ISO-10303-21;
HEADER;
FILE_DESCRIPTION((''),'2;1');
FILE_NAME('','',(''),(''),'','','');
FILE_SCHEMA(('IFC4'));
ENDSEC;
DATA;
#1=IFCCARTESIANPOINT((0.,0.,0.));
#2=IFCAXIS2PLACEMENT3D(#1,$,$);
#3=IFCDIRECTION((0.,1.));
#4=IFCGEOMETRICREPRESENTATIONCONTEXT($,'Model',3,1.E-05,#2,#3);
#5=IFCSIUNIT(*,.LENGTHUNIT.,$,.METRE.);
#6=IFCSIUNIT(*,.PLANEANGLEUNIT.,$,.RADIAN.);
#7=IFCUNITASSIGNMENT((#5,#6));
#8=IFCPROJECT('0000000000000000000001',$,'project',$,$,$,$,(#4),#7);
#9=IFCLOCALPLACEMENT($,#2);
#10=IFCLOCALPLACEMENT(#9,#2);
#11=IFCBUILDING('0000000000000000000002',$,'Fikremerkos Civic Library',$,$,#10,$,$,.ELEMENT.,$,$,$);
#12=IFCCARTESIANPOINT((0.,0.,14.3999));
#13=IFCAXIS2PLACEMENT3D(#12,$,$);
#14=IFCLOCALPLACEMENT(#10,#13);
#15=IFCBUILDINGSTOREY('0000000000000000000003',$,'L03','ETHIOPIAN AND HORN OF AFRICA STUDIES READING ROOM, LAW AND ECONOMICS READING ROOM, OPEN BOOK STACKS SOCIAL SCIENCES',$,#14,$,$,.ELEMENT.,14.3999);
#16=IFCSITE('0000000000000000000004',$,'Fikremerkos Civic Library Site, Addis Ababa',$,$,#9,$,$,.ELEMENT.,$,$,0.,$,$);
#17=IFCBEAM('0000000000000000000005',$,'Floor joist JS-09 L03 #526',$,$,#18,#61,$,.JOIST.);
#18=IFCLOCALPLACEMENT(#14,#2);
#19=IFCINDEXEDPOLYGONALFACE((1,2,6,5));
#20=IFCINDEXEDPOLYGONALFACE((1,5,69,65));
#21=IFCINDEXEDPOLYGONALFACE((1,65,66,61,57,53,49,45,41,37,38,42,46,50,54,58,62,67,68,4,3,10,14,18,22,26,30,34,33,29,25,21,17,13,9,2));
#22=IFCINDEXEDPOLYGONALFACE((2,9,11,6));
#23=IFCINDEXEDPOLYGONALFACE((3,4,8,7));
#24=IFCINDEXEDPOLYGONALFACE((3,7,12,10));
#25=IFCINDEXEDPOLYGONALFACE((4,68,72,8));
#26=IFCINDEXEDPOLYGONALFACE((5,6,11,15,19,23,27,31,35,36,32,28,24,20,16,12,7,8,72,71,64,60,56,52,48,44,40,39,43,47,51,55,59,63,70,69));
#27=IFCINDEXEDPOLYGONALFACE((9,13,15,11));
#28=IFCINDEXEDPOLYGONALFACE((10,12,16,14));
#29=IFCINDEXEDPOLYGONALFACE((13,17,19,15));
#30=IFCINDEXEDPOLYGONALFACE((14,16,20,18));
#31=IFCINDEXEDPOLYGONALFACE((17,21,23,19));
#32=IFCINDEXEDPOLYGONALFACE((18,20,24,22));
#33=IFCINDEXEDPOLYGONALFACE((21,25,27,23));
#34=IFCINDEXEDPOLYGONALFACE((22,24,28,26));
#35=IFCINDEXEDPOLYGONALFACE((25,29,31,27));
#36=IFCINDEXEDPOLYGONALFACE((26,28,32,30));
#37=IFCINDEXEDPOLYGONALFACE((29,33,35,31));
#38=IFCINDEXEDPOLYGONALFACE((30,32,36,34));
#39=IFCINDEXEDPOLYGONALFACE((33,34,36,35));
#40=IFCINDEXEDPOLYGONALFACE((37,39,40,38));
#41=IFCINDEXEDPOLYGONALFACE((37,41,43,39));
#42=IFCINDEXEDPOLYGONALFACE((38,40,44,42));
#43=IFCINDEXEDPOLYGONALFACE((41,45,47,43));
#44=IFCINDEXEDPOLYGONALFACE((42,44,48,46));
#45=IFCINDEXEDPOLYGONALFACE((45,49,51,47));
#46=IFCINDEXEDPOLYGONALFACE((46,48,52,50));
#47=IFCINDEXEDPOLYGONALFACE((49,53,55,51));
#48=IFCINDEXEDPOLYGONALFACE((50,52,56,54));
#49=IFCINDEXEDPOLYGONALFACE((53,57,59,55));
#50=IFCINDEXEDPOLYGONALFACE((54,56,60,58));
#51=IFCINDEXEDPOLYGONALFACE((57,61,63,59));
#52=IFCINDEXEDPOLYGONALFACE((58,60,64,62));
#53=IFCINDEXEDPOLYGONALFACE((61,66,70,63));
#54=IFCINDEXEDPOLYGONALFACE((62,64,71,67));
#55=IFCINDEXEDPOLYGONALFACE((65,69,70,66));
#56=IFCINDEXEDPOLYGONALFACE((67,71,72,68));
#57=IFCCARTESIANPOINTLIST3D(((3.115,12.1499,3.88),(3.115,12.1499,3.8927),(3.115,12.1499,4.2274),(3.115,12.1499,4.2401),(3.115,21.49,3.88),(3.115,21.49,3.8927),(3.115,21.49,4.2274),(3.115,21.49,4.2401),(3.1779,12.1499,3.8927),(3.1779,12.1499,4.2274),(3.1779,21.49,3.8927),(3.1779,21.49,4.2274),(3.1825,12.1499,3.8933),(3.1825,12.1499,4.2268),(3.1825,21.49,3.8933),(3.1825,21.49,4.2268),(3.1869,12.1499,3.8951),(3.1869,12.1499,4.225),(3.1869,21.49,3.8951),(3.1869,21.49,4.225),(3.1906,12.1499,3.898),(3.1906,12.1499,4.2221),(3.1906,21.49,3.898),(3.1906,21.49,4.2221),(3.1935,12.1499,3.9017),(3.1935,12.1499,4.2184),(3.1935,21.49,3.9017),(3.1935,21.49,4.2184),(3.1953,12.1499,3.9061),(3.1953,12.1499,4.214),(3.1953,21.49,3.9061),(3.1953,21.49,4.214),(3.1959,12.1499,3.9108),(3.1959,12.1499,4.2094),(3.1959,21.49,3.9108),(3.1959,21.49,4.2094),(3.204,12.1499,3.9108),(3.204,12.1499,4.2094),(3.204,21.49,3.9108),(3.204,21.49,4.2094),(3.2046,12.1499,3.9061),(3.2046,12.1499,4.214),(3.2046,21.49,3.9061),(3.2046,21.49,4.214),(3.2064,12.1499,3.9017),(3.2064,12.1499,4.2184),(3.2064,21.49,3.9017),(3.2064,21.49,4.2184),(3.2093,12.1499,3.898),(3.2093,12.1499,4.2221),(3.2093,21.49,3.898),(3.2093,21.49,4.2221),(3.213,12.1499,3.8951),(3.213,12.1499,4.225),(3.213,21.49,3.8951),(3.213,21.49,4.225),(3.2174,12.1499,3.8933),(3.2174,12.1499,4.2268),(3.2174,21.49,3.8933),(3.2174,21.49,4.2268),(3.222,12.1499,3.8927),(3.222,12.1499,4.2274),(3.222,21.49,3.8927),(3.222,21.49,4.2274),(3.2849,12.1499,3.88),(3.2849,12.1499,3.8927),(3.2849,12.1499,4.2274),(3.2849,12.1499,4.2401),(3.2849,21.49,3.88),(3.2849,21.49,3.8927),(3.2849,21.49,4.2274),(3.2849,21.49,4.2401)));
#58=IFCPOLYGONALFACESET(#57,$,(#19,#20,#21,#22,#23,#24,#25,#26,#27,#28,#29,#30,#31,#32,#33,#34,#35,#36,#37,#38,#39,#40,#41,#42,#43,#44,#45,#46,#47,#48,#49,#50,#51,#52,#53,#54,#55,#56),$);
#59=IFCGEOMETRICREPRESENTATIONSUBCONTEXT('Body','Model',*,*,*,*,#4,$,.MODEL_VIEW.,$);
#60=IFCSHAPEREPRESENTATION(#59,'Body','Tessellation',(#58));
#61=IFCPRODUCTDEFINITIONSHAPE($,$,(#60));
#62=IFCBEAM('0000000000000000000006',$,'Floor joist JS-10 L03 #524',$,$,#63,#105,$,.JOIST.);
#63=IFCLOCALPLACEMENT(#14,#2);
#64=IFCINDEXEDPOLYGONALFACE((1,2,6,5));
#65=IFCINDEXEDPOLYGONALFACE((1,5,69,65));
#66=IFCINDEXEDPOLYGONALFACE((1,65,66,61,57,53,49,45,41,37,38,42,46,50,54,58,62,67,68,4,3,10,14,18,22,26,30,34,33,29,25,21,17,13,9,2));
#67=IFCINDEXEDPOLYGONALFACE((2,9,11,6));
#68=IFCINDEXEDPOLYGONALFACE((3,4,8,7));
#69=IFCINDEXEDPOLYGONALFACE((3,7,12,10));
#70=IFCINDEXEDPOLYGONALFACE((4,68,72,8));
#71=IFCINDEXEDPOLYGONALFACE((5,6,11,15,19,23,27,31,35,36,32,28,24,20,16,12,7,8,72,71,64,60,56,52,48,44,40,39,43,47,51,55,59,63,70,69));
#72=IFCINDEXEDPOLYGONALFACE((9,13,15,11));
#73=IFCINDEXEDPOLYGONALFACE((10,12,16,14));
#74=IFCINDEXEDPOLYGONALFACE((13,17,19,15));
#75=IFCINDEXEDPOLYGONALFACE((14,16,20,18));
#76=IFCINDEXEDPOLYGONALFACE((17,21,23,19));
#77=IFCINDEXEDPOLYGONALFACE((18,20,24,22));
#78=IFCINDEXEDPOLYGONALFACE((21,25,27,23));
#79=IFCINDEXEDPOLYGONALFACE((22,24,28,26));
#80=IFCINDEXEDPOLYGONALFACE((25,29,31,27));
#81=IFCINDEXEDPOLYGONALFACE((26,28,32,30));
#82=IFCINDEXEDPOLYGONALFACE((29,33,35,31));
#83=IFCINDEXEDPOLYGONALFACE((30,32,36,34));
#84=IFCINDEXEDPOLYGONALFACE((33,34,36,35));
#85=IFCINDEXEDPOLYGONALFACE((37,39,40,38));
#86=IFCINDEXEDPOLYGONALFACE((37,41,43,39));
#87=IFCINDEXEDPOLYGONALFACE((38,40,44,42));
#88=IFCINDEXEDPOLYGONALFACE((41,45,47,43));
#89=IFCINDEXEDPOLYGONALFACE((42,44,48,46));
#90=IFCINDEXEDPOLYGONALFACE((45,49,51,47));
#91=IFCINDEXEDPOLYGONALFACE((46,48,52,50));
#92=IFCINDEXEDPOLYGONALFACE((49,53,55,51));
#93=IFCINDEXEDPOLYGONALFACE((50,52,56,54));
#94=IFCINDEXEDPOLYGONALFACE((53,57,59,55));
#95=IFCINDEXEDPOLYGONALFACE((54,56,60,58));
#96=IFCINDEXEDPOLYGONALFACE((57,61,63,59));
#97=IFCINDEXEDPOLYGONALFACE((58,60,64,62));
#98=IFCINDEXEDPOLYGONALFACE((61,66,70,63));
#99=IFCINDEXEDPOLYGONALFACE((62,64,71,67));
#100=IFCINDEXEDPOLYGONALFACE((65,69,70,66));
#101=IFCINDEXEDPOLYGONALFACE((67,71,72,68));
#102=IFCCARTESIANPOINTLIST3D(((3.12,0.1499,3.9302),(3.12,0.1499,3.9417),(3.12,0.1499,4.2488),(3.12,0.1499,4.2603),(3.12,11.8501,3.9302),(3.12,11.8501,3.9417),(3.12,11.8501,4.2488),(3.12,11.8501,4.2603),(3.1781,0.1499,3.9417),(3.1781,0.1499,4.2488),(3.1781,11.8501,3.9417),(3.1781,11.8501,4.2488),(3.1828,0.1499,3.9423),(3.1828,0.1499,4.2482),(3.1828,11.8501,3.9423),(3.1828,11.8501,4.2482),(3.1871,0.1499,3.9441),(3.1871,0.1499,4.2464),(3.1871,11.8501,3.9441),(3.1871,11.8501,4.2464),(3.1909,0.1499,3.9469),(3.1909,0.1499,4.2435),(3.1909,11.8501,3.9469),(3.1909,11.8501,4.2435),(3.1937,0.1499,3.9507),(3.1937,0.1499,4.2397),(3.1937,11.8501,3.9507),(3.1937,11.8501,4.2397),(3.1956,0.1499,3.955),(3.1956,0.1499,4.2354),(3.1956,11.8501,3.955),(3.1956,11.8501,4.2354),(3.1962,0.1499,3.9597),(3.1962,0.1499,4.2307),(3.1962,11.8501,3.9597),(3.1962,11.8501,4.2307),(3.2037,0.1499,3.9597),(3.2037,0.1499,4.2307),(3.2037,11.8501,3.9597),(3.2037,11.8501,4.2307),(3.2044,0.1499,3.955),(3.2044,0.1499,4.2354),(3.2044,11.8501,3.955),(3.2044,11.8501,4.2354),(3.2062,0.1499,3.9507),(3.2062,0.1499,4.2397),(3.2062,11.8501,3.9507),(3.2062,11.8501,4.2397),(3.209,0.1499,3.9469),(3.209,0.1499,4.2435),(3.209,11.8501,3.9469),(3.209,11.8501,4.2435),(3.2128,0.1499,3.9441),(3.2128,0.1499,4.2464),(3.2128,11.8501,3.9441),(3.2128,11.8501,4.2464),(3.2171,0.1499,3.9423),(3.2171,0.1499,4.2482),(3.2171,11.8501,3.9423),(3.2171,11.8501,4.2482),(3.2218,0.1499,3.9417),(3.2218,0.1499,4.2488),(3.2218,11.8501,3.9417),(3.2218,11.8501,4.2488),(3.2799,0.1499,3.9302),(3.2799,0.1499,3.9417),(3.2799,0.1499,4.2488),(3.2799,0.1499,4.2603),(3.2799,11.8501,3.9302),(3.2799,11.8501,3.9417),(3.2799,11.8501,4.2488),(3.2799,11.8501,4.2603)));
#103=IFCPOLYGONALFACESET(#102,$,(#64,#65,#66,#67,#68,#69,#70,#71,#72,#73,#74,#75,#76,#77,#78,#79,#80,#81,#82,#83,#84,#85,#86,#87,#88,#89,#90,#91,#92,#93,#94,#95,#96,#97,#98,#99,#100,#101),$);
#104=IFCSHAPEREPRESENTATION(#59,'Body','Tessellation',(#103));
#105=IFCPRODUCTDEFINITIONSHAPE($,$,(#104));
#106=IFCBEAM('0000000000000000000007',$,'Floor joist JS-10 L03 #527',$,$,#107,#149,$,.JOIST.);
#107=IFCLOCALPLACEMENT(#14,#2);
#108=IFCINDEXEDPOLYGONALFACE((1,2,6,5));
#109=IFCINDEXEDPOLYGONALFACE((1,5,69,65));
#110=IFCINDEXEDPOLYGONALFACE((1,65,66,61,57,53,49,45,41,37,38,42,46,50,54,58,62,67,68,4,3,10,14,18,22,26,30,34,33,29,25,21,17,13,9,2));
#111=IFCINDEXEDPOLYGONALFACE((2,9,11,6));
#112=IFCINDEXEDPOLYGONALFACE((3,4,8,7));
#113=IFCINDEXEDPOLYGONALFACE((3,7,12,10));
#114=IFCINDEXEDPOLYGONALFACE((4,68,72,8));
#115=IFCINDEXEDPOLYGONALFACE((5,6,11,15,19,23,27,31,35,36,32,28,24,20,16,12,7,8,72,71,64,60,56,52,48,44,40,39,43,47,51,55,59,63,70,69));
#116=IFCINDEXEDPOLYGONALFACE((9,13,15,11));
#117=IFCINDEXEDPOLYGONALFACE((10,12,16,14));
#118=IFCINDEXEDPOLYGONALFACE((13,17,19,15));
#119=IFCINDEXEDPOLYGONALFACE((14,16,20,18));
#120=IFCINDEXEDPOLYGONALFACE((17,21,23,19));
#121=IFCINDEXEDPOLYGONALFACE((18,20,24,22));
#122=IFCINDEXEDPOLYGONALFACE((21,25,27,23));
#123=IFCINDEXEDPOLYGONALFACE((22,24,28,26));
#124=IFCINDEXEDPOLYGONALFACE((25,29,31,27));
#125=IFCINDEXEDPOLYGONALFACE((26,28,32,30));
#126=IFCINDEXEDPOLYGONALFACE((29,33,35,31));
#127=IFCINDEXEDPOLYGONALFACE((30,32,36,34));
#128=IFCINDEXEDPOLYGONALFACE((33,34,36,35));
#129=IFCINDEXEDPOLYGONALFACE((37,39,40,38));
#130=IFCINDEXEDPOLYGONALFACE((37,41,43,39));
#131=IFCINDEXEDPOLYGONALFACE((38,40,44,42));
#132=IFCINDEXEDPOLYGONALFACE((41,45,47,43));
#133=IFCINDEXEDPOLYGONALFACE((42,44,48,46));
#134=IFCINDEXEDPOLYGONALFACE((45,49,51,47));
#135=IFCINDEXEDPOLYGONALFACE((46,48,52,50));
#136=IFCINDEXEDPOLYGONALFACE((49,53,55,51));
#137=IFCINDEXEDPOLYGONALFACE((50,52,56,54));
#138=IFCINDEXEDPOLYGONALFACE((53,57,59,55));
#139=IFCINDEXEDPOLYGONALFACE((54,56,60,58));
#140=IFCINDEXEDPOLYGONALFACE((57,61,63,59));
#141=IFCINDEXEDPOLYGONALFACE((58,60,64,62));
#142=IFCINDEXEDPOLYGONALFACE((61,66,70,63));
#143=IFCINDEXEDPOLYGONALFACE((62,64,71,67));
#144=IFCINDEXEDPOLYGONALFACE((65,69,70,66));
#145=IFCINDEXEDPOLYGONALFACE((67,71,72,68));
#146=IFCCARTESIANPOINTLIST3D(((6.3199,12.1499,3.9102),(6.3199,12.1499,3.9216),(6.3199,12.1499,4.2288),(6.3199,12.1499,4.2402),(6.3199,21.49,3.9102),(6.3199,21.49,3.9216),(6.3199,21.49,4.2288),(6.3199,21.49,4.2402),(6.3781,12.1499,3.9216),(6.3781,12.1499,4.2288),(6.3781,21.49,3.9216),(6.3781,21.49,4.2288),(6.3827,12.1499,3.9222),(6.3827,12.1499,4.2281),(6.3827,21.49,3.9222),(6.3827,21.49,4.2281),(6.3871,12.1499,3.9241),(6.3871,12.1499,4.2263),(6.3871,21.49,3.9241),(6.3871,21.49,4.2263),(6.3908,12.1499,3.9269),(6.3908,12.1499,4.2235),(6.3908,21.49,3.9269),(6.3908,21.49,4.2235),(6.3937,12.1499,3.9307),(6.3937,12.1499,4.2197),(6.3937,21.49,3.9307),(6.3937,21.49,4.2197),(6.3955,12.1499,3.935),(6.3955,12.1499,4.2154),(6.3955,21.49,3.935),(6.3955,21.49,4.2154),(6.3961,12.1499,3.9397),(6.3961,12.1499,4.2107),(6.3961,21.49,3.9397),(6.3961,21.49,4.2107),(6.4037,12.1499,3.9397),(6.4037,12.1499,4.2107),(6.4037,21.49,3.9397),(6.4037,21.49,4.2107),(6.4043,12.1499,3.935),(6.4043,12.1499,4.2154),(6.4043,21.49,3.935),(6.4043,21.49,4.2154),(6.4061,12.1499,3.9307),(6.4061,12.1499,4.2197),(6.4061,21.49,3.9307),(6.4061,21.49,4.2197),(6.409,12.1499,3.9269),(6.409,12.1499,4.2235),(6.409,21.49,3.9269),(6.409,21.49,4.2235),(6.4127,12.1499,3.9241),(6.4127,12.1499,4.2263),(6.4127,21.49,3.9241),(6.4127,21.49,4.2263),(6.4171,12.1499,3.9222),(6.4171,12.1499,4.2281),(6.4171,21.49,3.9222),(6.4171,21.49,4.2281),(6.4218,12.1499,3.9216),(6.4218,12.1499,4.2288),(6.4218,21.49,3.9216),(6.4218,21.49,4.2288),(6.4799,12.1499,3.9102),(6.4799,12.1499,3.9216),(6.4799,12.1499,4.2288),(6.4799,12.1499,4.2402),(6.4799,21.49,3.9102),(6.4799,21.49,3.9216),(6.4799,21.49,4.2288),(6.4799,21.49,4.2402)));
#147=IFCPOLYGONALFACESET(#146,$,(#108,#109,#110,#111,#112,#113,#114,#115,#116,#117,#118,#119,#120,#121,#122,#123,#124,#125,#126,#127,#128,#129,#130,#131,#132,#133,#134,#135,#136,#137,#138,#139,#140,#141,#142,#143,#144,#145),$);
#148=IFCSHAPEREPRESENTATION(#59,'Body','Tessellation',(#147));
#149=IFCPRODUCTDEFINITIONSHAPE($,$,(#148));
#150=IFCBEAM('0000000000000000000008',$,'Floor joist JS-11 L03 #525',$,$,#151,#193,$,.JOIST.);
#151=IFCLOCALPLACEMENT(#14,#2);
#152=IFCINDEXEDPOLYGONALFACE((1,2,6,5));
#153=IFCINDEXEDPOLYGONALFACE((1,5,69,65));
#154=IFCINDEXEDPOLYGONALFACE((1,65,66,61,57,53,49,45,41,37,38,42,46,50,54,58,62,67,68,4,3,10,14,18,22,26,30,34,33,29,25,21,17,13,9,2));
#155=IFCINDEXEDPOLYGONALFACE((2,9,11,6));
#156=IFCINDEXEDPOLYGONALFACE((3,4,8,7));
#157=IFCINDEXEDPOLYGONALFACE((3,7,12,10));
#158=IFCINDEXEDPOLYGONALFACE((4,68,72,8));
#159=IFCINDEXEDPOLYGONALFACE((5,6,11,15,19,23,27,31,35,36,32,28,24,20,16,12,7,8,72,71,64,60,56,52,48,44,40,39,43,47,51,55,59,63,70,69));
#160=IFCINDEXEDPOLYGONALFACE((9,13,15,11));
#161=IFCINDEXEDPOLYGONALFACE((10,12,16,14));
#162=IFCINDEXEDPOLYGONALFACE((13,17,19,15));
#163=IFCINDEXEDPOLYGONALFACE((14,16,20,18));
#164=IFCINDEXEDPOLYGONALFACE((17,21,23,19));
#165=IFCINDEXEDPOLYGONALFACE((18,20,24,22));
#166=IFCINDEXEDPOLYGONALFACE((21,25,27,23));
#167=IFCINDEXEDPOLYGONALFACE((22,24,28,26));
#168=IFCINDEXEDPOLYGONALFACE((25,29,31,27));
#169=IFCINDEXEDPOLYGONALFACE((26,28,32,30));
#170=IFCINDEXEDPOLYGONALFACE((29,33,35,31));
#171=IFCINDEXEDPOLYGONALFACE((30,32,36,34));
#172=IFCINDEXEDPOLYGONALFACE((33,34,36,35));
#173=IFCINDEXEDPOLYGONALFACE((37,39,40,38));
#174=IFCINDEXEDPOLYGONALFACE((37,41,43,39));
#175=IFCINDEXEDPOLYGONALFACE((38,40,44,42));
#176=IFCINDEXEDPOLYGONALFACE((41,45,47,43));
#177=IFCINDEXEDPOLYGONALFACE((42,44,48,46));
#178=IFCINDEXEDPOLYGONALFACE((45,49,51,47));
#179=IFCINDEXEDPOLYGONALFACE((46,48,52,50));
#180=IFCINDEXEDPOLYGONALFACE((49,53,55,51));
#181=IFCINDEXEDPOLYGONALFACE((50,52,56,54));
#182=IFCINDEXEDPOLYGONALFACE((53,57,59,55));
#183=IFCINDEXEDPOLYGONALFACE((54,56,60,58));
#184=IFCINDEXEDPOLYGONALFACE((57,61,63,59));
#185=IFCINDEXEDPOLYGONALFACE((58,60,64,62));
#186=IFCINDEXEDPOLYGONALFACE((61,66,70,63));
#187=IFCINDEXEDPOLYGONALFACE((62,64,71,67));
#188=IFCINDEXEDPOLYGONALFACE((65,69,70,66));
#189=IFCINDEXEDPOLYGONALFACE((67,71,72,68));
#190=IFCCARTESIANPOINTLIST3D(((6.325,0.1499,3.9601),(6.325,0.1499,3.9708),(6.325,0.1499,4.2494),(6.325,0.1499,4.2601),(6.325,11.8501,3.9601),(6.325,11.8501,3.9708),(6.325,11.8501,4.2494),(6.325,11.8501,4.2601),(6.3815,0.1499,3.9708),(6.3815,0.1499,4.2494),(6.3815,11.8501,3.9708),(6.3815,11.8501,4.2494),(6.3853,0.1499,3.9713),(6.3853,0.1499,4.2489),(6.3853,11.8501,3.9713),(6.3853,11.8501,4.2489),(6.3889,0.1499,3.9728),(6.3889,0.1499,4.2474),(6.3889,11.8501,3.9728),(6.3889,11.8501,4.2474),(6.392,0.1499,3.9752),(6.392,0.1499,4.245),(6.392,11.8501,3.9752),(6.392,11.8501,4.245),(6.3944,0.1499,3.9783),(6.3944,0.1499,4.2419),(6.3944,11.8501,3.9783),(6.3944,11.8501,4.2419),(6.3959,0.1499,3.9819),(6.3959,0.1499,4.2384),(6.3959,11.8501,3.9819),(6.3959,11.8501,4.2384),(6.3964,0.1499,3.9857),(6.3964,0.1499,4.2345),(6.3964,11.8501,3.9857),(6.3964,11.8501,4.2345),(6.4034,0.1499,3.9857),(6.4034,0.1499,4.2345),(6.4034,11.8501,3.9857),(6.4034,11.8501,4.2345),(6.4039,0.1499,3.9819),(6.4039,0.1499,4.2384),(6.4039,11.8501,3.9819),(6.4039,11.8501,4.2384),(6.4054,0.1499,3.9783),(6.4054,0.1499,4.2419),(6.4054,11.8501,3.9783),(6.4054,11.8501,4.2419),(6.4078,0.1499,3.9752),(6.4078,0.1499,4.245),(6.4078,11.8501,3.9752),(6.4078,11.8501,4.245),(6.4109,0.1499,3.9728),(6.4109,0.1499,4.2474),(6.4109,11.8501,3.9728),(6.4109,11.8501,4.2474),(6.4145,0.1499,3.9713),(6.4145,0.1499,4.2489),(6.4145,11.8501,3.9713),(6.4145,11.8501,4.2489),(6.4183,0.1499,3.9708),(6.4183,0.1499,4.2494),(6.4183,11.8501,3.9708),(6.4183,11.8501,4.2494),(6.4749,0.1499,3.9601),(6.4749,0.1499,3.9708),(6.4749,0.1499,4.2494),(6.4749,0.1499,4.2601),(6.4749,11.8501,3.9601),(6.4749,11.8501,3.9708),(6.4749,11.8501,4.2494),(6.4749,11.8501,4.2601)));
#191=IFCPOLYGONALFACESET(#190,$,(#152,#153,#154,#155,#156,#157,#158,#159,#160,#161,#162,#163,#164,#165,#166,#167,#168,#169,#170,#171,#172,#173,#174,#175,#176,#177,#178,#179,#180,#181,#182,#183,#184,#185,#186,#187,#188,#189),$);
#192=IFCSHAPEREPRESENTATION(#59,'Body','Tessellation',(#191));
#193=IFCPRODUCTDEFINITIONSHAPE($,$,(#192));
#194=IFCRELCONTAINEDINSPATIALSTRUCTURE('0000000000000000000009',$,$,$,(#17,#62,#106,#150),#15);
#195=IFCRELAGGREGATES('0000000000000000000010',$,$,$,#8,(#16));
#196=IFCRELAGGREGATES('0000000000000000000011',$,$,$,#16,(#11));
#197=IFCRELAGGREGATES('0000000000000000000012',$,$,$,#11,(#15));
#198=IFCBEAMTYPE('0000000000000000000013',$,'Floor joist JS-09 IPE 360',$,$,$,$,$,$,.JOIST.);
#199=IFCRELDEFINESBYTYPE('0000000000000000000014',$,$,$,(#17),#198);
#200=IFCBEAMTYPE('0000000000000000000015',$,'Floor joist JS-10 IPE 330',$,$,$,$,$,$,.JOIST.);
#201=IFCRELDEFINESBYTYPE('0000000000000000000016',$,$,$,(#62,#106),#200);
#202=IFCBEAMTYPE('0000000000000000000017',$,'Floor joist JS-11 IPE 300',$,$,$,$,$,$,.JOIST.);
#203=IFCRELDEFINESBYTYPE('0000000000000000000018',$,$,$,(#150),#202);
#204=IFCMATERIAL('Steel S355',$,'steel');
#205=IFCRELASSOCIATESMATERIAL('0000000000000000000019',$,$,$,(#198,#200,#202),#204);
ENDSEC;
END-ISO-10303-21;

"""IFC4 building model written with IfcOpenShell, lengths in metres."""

from ifc_helpers import new_model, si_unit, direction, frame, origin, origin_2d, place, context, subcontext, project, spatial, i_section, extrude, material, material_profile, profile_set, type_object, element, save


model = new_model("IFC4")

# Units and contexts
model_context = context("Model", 3, precision=1e-05, world=origin(), true_north=direction((0.0, 1.0)))
body_context = subcontext(model_context, "Body", "Model", "MODEL_VIEW")
ifc_project = project(units=[si_unit("LENGTHUNIT", "METRE"), si_unit("PLANEANGLEUNIT", "RADIAN")], contexts=[model_context])

# Site, building, storey
site_placement = place(None, origin())
site = spatial("IfcSite", under=ifc_project, at=site_placement, Name="Fikremerkos Civic Library Site, Addis Ababa", CompositionType="ELEMENT", RefElevation=0.0)
building_placement = place(site_placement, origin())
building = spatial("IfcBuilding", under=site, at=building_placement, Name="Fikremerkos Civic Library", CompositionType="ELEMENT")
storey_placement = place(building_placement, frame((0.0, 0.0, 14.3999)))
storey = spatial("IfcBuildingStorey", under=building, at=storey_placement, Name="L03", Description="ETHIOPIAN AND HORN OF AFRICA STUDIES READING ROOM, LAW AND ECONOMICS READING ROOM, OPEN BOOK STACKS SOCIAL SCIENCES", CompositionType="ELEMENT", Elevation=14.3999)

# Shared definitions
ifc_material_1 = material(Name="Steel S355", Category="steel")

# Beams
ifc_material_profile_1 = material_profile(ifc_material_1, i_section(OverallWidth=0.1699, OverallDepth=0.3601, WebThickness=0.0081, FlangeThickness=0.0127, FilletRadius=0.0181, at=origin_2d()), Name="IPE 360")
ifc_profile_set_1 = profile_set([ifc_material_profile_1], Name="Steel S355")
beam_type_1 = type_object("IfcBeamType", Name="Floor joist JS-09 IPE 360", PredefinedType="JOIST", material=ifc_profile_set_1)
beam_1_placement = place(storey_placement, frame((3.2, 12.1499, 4.0601), z_axis=(0.0, 1.0, 0.0), x_axis=(-1.0, 0.0, 0.0)))
element("IfcBeam", 1, at=beam_1_placement, inside=storey, type_object=beam_type_1, Name="Floor joist JS-09 L03 #526", PredefinedType="JOIST", context=body_context, shape_type="SweptSolid", body=[
    extrude(i_section(OverallWidth=0.1699, OverallDepth=0.3601, WebThickness=0.0081, FlangeThickness=0.0127, FilletRadius=0.0181, at=origin_2d()), origin(), (0.0, 0.0, 1.0), 9.3401),
])
ifc_material_profile_2 = material_profile(ifc_material_1, i_section(OverallWidth=0.1599, OverallDepth=0.3301, WebThickness=0.0076, FlangeThickness=0.0115, FilletRadius=0.0181, at=origin_2d()), Name="IPE 330")
ifc_profile_set_2 = profile_set([ifc_material_profile_2], Name="Steel S355")
beam_type_2 = type_object("IfcBeamType", Name="Floor joist JS-10 IPE 330", PredefinedType="JOIST", material=ifc_profile_set_2)
beam_2_placement = place(storey_placement, frame((3.2, 0.1499, 4.0952), z_axis=(0.0, 1.0, 0.0), x_axis=(-1.0, 0.0, 0.0)))
element("IfcBeam", 2, at=beam_2_placement, inside=storey, type_object=beam_type_2, Name="Floor joist JS-10 L03 #524", PredefinedType="JOIST", context=body_context, shape_type="SweptSolid", body=[
    extrude(i_section(OverallWidth=0.1599, OverallDepth=0.3301, WebThickness=0.0076, FlangeThickness=0.0115, FilletRadius=0.0181, at=origin_2d()), origin(), (0.0, 0.0, 1.0), 11.7002),
])
beam_3_placement = place(storey_placement, frame((6.3999, 12.1499, 4.0752), z_axis=(0.0, 1.0, 0.0), x_axis=(-1.0, 0.0, 0.0)))
element("IfcBeam", 3, at=beam_3_placement, inside=storey, type_object=beam_type_2, Name="Floor joist JS-10 L03 #527", PredefinedType="JOIST", context=body_context, shape_type="SweptSolid", body=[
    extrude(i_section(OverallWidth=0.1599, OverallDepth=0.3301, WebThickness=0.0076, FlangeThickness=0.0115, FilletRadius=0.0181, at=origin_2d()), origin(), (0.0, 0.0, 1.0), 9.3401),
])
ifc_material_profile_3 = material_profile(ifc_material_1, i_section(OverallWidth=0.1499, OverallDepth=0.3, WebThickness=0.0071, FlangeThickness=0.0107, FilletRadius=0.0149, at=origin_2d()), Name="IPE 300")
ifc_profile_set_3 = profile_set([ifc_material_profile_3], Name="Steel S355")
beam_type_3 = type_object("IfcBeamType", Name="Floor joist JS-11 IPE 300", PredefinedType="JOIST", material=ifc_profile_set_3)
beam_4_placement = place(storey_placement, frame((6.3999, 0.1499, 4.1101), z_axis=(0.0, 1.0, 0.0), x_axis=(-1.0, 0.0, 0.0)))
element("IfcBeam", 4, at=beam_4_placement, inside=storey, type_object=beam_type_3, Name="Floor joist JS-11 L03 #525", PredefinedType="JOIST", context=body_context, shape_type="SweptSolid", body=[
    extrude(i_section(OverallWidth=0.1499, OverallDepth=0.3, WebThickness=0.0071, FlangeThickness=0.0107, FilletRadius=0.0149, at=origin_2d()), origin(), (0.0, 0.0, 1.0), 11.7002),
])

save(model, "model.ifc")
